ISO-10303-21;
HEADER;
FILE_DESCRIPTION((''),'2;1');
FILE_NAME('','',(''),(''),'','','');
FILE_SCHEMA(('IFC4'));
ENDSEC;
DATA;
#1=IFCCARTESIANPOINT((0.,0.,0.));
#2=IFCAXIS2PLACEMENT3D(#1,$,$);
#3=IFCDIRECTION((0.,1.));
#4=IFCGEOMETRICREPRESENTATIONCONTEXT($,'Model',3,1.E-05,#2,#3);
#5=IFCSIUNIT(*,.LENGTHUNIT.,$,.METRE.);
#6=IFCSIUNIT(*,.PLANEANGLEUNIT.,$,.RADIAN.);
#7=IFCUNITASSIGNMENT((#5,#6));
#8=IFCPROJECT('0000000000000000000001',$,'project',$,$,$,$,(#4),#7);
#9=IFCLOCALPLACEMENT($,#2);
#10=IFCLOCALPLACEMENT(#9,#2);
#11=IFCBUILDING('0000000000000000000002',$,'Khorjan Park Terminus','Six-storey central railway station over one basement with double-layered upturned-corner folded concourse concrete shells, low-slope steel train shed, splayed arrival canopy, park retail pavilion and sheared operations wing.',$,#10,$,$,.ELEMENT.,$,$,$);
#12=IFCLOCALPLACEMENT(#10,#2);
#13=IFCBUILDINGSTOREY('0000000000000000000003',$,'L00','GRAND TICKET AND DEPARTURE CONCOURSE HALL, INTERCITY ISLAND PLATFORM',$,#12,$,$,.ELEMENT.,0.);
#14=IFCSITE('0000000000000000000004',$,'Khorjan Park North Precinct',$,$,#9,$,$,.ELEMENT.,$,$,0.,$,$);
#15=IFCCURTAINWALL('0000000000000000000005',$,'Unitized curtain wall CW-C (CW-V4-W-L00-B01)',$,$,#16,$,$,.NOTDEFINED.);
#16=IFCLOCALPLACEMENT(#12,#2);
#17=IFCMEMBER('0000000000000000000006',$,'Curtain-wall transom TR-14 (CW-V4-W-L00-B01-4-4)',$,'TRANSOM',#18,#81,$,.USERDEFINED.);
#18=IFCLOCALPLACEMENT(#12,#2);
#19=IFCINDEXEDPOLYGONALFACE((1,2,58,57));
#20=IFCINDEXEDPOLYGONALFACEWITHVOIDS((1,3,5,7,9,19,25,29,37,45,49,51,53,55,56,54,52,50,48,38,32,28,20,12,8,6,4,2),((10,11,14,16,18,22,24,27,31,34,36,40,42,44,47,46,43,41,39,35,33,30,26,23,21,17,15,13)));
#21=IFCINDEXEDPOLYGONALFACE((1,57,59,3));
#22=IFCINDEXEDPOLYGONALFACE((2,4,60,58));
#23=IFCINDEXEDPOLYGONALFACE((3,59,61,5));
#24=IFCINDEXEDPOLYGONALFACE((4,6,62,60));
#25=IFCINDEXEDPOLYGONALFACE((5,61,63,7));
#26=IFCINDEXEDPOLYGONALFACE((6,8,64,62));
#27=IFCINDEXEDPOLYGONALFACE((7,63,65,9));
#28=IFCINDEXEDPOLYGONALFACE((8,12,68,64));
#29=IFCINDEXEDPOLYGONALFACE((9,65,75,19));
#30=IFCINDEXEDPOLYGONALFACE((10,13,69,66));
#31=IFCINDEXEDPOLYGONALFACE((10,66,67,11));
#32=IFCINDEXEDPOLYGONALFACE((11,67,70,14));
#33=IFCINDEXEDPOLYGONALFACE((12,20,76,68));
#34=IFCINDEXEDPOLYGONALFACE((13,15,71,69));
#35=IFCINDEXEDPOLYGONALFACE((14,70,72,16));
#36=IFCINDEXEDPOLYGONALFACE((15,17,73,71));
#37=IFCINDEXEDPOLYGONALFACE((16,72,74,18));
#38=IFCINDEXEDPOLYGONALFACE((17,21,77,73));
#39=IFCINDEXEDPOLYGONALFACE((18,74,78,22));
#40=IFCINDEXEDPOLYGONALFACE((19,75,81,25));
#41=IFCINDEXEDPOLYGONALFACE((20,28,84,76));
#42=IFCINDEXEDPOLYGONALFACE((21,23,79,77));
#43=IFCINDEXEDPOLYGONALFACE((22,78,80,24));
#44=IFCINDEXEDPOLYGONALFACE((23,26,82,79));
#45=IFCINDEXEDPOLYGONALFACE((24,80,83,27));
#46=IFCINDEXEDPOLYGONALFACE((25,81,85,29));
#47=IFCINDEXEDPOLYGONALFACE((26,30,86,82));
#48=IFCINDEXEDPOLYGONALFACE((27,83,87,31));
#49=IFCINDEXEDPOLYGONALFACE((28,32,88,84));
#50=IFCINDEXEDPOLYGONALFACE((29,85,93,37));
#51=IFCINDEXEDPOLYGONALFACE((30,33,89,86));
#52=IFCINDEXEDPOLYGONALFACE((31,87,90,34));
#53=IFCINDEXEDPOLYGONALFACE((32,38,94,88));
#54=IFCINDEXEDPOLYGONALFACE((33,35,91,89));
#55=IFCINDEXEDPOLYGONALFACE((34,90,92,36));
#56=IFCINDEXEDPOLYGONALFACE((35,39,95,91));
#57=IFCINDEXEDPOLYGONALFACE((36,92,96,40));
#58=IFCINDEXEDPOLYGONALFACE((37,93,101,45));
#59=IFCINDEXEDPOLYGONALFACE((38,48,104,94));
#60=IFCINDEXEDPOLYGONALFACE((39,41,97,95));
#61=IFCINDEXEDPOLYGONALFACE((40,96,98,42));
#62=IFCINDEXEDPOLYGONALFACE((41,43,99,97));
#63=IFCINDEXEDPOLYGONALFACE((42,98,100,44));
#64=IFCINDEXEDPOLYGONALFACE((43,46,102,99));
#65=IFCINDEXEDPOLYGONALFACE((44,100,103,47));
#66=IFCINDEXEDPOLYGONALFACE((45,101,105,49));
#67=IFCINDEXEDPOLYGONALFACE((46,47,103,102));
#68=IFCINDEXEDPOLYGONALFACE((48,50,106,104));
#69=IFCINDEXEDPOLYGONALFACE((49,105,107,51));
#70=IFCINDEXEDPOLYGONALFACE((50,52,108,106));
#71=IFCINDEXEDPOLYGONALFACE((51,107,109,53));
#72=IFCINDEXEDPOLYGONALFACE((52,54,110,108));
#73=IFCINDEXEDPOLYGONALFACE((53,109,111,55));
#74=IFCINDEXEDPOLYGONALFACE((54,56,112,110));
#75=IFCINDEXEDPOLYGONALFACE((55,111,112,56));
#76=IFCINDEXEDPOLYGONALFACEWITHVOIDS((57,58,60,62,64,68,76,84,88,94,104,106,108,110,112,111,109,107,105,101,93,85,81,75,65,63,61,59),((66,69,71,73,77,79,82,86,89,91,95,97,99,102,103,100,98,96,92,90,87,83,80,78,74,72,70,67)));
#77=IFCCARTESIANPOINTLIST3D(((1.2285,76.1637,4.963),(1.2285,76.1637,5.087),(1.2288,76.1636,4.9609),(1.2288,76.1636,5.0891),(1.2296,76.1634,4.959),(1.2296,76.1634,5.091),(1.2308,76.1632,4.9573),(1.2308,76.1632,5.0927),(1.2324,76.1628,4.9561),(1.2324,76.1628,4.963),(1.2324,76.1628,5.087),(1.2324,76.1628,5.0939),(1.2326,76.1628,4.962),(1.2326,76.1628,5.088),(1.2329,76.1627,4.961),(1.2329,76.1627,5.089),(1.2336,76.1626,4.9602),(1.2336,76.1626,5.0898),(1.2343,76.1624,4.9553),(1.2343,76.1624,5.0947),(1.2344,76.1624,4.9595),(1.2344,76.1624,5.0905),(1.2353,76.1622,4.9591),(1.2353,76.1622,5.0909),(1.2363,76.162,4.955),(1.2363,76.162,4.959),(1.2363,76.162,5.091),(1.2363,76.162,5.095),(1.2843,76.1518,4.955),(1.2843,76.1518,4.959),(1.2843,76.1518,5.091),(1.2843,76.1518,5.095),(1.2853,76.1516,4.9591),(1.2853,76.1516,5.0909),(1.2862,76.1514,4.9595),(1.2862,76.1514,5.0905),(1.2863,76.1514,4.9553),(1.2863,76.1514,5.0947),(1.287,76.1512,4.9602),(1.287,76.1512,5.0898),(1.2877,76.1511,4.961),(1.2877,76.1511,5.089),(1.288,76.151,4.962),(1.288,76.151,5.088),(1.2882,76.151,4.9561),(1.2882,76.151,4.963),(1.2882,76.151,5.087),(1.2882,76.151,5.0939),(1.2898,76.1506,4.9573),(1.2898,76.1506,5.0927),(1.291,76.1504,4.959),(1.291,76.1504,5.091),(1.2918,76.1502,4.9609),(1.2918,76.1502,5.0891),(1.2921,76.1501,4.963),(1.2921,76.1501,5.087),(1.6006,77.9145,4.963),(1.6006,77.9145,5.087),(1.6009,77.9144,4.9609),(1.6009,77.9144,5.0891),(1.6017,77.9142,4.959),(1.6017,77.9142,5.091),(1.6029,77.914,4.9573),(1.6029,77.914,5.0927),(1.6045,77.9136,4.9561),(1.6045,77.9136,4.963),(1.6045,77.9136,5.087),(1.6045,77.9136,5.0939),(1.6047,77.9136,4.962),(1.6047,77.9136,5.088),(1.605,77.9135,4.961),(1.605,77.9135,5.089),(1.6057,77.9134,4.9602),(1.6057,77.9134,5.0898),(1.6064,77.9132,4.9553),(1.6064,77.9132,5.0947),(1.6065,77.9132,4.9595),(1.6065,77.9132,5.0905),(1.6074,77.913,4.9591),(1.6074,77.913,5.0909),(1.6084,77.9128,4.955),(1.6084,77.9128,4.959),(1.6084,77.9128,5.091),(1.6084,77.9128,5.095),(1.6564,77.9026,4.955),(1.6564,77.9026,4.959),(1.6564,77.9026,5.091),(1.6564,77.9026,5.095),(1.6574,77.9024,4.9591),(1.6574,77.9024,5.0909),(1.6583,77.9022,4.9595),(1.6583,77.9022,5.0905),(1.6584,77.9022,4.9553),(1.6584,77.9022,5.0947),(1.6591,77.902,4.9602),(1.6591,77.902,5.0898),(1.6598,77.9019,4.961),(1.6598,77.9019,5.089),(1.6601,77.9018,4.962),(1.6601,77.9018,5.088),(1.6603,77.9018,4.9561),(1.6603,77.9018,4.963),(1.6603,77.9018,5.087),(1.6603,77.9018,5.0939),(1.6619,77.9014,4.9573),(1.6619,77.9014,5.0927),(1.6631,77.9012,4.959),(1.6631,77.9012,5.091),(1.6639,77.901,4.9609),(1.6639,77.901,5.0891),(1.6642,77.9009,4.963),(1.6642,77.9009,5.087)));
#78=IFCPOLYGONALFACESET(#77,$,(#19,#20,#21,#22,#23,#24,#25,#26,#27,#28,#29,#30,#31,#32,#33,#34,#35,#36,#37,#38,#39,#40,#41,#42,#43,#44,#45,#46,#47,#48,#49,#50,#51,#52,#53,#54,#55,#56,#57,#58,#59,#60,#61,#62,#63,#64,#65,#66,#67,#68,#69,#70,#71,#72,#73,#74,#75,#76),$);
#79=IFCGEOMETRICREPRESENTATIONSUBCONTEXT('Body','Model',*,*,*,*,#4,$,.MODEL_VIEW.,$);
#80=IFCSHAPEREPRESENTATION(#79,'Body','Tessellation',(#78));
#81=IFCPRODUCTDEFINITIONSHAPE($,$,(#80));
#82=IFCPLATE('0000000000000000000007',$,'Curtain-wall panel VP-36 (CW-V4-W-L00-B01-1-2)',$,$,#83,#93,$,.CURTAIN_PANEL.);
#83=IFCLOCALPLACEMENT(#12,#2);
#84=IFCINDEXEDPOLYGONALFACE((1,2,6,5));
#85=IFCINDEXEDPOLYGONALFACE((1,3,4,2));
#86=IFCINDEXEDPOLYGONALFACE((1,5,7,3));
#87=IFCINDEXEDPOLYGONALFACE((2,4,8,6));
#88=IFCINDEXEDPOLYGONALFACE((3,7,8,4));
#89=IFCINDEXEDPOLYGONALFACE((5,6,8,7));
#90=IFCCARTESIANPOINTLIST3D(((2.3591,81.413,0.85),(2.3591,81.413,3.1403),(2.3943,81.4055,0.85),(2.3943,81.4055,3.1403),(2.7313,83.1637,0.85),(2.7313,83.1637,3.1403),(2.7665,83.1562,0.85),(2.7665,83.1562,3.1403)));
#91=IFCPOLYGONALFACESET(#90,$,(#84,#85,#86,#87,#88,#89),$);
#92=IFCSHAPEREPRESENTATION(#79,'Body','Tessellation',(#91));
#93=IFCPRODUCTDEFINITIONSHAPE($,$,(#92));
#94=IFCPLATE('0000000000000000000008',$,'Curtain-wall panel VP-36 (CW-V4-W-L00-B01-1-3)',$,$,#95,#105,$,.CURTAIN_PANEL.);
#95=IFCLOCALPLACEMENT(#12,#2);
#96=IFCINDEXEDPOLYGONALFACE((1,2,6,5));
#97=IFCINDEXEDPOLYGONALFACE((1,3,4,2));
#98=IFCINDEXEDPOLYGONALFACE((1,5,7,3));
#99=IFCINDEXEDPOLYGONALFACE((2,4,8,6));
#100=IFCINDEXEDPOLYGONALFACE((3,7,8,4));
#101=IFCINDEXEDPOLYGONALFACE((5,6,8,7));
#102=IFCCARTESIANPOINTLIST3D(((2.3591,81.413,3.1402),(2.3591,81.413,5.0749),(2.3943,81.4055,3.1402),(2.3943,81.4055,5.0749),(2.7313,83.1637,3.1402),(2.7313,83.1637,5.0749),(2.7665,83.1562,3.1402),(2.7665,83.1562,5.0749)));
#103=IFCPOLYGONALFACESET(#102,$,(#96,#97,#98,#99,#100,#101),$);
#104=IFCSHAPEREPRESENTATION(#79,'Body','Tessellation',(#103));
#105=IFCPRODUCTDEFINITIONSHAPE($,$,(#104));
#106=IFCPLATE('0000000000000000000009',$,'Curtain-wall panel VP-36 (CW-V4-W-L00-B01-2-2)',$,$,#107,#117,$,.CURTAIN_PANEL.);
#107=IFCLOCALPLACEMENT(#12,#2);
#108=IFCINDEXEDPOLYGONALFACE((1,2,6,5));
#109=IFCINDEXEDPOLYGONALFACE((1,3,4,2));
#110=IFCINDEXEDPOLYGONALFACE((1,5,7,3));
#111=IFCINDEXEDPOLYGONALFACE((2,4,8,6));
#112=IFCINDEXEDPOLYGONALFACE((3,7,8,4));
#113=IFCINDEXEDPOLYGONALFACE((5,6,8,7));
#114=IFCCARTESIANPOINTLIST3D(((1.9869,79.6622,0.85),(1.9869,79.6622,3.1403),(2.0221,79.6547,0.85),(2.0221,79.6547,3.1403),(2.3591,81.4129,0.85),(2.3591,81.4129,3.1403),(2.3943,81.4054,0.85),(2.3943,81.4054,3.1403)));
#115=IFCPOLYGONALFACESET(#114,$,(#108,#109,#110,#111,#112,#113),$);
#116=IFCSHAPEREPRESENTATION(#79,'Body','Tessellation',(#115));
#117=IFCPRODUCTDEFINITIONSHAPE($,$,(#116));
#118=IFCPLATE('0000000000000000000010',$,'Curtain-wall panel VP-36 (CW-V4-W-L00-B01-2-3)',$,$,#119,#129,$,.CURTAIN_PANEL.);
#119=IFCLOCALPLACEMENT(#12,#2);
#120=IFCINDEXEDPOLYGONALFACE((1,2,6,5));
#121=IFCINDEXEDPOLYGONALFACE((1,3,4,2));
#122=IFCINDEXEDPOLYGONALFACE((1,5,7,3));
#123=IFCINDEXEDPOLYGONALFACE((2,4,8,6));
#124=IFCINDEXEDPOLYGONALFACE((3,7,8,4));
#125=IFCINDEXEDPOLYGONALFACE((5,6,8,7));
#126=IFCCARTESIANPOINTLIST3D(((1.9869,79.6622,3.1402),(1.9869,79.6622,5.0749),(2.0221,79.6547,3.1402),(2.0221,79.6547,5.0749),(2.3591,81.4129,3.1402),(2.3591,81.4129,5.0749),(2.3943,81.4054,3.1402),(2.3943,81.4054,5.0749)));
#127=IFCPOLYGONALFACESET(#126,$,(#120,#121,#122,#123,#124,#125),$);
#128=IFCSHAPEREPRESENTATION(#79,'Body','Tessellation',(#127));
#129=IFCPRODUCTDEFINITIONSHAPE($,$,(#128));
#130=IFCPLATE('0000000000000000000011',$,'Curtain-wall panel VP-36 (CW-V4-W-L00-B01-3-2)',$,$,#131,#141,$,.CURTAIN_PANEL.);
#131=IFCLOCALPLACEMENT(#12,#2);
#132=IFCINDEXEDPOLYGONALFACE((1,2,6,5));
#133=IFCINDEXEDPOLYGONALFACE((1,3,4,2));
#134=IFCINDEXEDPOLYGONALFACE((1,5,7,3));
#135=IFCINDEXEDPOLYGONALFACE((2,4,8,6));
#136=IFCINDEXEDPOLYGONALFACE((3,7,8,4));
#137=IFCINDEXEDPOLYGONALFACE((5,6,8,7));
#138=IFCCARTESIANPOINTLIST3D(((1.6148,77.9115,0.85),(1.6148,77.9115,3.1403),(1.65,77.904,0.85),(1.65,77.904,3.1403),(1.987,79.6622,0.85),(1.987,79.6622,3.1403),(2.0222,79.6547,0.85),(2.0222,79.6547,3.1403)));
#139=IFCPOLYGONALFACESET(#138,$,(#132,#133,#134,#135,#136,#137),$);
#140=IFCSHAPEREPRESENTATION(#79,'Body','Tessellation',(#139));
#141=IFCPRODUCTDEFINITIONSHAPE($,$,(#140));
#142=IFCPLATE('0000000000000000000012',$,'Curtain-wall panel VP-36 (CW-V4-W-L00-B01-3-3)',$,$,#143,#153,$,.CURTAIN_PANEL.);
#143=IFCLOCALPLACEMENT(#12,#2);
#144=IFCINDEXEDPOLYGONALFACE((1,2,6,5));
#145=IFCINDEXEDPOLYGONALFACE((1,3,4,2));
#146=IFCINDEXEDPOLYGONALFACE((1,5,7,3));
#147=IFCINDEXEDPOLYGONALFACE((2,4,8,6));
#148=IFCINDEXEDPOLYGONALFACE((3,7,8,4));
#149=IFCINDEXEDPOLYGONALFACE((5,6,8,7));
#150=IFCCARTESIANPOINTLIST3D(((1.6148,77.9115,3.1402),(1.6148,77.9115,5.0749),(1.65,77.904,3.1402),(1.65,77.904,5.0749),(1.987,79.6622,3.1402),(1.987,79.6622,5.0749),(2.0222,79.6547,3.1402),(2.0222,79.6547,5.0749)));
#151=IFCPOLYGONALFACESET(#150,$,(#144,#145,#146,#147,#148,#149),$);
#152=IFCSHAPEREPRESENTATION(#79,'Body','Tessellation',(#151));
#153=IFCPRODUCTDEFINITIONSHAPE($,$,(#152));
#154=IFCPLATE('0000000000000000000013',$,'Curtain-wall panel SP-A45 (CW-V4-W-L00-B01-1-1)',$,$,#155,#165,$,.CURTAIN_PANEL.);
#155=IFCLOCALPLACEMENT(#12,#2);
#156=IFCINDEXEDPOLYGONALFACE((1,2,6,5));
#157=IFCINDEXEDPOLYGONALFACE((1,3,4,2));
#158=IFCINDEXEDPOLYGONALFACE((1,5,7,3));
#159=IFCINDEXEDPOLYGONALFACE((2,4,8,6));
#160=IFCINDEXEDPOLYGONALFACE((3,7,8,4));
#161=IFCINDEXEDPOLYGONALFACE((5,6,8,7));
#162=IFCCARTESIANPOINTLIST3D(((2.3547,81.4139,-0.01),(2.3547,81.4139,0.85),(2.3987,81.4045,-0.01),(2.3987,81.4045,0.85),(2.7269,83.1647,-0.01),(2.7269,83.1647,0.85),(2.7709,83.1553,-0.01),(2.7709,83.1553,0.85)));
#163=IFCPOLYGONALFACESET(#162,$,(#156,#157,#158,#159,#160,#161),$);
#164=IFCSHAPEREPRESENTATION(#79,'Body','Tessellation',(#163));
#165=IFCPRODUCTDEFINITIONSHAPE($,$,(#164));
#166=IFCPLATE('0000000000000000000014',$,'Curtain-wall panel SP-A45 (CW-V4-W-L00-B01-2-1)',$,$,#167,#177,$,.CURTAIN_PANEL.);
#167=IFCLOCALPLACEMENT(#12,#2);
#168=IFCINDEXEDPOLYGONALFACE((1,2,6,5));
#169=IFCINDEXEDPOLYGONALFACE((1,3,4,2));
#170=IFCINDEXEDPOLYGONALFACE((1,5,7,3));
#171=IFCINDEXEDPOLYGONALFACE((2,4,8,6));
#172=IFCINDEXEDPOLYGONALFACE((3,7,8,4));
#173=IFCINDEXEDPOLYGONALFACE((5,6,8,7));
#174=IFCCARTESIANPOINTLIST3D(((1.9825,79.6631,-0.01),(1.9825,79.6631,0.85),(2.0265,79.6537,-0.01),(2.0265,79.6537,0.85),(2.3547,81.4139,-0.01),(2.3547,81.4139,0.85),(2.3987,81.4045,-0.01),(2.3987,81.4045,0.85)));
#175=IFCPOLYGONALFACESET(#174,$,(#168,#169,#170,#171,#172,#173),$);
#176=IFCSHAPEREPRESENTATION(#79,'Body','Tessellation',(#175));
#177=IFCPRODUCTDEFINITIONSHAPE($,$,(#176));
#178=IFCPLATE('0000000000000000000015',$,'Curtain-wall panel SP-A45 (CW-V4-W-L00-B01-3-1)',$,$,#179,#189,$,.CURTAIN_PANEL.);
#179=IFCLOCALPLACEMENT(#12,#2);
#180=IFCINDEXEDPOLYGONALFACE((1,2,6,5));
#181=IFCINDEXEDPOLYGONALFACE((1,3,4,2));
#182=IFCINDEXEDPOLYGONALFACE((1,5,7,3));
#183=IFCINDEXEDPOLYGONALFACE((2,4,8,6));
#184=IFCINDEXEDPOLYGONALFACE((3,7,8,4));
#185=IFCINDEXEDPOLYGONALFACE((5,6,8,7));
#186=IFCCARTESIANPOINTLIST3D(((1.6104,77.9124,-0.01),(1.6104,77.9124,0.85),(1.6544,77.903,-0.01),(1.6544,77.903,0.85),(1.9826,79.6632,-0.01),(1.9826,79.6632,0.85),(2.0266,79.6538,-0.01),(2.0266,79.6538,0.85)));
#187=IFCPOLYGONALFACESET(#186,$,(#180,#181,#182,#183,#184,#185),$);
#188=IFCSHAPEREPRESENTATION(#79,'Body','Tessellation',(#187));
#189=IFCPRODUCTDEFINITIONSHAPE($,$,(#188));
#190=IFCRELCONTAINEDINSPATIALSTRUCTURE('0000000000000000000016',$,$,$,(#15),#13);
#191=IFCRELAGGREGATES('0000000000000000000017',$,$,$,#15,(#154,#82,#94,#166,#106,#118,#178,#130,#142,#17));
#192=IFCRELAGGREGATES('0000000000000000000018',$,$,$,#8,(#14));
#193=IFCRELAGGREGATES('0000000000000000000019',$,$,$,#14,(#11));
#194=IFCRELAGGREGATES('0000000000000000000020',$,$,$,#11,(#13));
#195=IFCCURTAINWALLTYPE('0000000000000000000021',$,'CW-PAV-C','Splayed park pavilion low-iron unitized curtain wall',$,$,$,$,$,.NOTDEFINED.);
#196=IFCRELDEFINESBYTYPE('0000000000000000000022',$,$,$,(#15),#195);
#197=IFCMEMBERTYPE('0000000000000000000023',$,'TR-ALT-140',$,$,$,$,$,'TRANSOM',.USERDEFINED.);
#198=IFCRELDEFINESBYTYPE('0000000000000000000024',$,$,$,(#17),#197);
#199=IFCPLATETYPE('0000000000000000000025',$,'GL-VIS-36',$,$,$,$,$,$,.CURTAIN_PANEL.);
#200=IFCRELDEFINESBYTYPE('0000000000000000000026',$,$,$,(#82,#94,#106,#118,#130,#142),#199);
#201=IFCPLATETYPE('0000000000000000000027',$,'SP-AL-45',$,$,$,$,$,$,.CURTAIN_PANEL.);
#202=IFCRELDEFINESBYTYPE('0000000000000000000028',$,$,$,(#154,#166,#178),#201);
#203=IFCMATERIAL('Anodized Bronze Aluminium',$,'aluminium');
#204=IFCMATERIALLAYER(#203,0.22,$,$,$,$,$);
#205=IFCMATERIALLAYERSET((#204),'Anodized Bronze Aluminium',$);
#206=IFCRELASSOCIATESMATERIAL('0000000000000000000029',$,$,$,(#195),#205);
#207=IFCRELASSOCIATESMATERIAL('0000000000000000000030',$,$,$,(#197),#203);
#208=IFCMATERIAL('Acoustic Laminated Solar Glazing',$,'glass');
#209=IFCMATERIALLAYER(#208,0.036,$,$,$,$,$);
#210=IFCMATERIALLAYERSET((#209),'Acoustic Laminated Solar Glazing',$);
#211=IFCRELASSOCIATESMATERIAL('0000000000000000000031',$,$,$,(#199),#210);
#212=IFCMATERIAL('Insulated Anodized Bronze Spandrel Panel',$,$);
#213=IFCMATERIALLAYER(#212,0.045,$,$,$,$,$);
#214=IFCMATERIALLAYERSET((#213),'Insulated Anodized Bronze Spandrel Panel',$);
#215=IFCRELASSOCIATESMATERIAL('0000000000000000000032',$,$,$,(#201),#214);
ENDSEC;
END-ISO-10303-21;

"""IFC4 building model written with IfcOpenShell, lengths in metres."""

from ifc_helpers import new_model, si_unit, direction, frame, origin, origin_2d, place, context, subcontext, project, spatial, rectangle, hollow_rectangle, extrude, material, layer, layer_set, material_profile, profile_set, type_object, element, aggregate, save


model = new_model("IFC4")

# Units and contexts
model_context = context("Model", 3, precision=1e-05, world=origin(), true_north=direction((0.0, 1.0)))
body_context = subcontext(model_context, "Body", "Model", "MODEL_VIEW")
ifc_project = project(units=[si_unit("LENGTHUNIT", "METRE"), si_unit("PLANEANGLEUNIT", "RADIAN")], contexts=[model_context])

# Site, building, storey
site_placement = place(None, origin())
site = spatial("IfcSite", under=ifc_project, at=site_placement, Name="Khorjan Park North Precinct", CompositionType="ELEMENT", RefElevation=0.0)
building_placement = place(site_placement, origin())
building = spatial("IfcBuilding", under=site, at=building_placement, Name="Khorjan Park Terminus", Description="Six-storey central railway station over one basement with double-layered upturned-corner folded concourse concrete shells, low-slope steel train shed, splayed arrival canopy, park retail pavilion and sheared operations wing.", CompositionType="ELEMENT")
storey_placement = place(building_placement, origin())
storey = spatial("IfcBuildingStorey", under=building, at=storey_placement, Name="L00", Description="GRAND TICKET AND DEPARTURE CONCOURSE HALL, INTERCITY ISLAND PLATFORM", CompositionType="ELEMENT", Elevation=0.0)

# Curtain wall, member, plates
ifc_material_1 = material(Name="Anodized Bronze Aluminium", Category="aluminium")
ifc_layer_1 = layer(ifc_material_1, 0.22)
ifc_layer_set_1 = layer_set([ifc_layer_1], Name="Anodized Bronze Aluminium")
curtain_wall_type = type_object("IfcCurtainWallType", Name="CW-PAV-C", Description="Splayed park pavilion low-iron unitized curtain wall", PredefinedType="NOTDEFINED", material=ifc_layer_set_1)
curtain_wall_placement = place(storey_placement, origin())
curtain_wall = element("IfcCurtainWall", 1, at=curtain_wall_placement, inside=storey, type_object=curtain_wall_type, Name="Unitized curtain wall CW-C (CW-V4-W-L00-B01)", PredefinedType="NOTDEFINED")
ifc_material_profile_1 = material_profile(ifc_material_1, hollow_rectangle(XDim=0.065, YDim=0.14, WallThickness=0.004, InnerFilletRadius=0.004, OuterFilletRadius=0.008, at=origin_2d()), Name="ALT 65x140x4")
ifc_profile_set_1 = profile_set([ifc_material_profile_1], Name="Anodized Bronze Aluminium")
member_type_1 = type_object("IfcMemberType", Name="TR-ALT-140", ElementType="TRANSOM", PredefinedType="USERDEFINED", material=ifc_profile_set_1)
member_1_placement = place(storey_placement, frame((1.6324, 77.9077, 5.025), z_axis=(-0.207888, -0.978153, 0.0), x_axis=(0.978153, -0.207888, 0.0)))
member_1 = element("IfcMember", 2, at=member_1_placement, type_object=member_type_1, Name="Curtain-wall transom TR-14 (CW-V4-W-L00-B01-4-4)", ObjectType="TRANSOM", PredefinedType="USERDEFINED", context=body_context, shape_type="SweptSolid", body=[
    extrude(hollow_rectangle(XDim=0.065, YDim=0.14, WallThickness=0.004, InnerFilletRadius=0.004, OuterFilletRadius=0.008, at=origin_2d()), origin(), (0.0, 0.0, 1.0), 1.7899),
])
ifc_material_2 = material(Name="Acoustic Laminated Solar Glazing", Category="glass")
ifc_layer_2 = layer(ifc_material_2, 0.036)
ifc_layer_set_2 = layer_set([ifc_layer_2], Name="Acoustic Laminated Solar Glazing")
plate_type_1 = type_object("IfcPlateType", Name="GL-VIS-36", PredefinedType="CURTAIN_PANEL", material=ifc_layer_set_2)
plate_1_placement = place(storey_placement, frame((2.5628, 82.2846, 0.85), z_axis=(0.0, 0.0, 1.0), x_axis=(-0.207917, -0.978147, 0.0)))
plate_1 = element("IfcPlate", 3, at=plate_1_placement, type_object=plate_type_1, Name="Curtain-wall panel VP-36 (CW-V4-W-L00-B01-1-2)", PredefinedType="CURTAIN_PANEL", context=body_context, shape_type="SweptSolid", body=[
    extrude(rectangle(XDim=1.7899, YDim=0.036, at=origin_2d()), origin(), (0.0, 0.0, 1.0), 2.2903),
])
plate_2_placement = place(storey_placement, frame((2.5628, 82.2846, 3.1402), z_axis=(0.0, 0.0, 1.0), x_axis=(-0.207917, -0.978147, 0.0)))
plate_2 = element("IfcPlate", 4, at=plate_2_placement, type_object=plate_type_1, Name="Curtain-wall panel VP-36 (CW-V4-W-L00-B01-1-3)", PredefinedType="CURTAIN_PANEL", context=body_context, shape_type="SweptSolid", body=[
    extrude(rectangle(XDim=1.7899, YDim=0.036, at=origin_2d()), origin(), (0.0, 0.0, 1.0), 1.9347),
])
plate_3_placement = place(storey_placement, frame((2.1906, 80.5338, 0.85), z_axis=(0.0, 0.0, 1.0), x_axis=(-0.207917, -0.978147, 0.0)))
plate_3 = element("IfcPlate", 5, at=plate_3_placement, type_object=plate_type_1, Name="Curtain-wall panel VP-36 (CW-V4-W-L00-B01-2-2)", PredefinedType="CURTAIN_PANEL", context=body_context, shape_type="SweptSolid", body=[
    extrude(rectangle(XDim=1.7899, YDim=0.036, at=origin_2d()), origin(), (0.0, 0.0, 1.0), 2.2903),
])
plate_4_placement = place(storey_placement, frame((2.1906, 80.5338, 3.1402), z_axis=(0.0, 0.0, 1.0), x_axis=(-0.207917, -0.978147, 0.0)))
plate_4 = element("IfcPlate", 6, at=plate_4_placement, type_object=plate_type_1, Name="Curtain-wall panel VP-36 (CW-V4-W-L00-B01-2-3)", PredefinedType="CURTAIN_PANEL", context=body_context, shape_type="SweptSolid", body=[
    extrude(rectangle(XDim=1.7899, YDim=0.036, at=origin_2d()), origin(), (0.0, 0.0, 1.0), 1.9347),
])
plate_5_placement = place(storey_placement, frame((1.8185, 78.7831, 0.85), z_axis=(0.0, 0.0, 1.0), x_axis=(-0.207917, -0.978147, 0.0)))
plate_5 = element("IfcPlate", 7, at=plate_5_placement, type_object=plate_type_1, Name="Curtain-wall panel VP-36 (CW-V4-W-L00-B01-3-2)", PredefinedType="CURTAIN_PANEL", context=body_context, shape_type="SweptSolid", body=[
    extrude(rectangle(XDim=1.7899, YDim=0.036, at=origin_2d()), origin(), (0.0, 0.0, 1.0), 2.2903),
])
plate_6_placement = place(storey_placement, frame((1.8185, 78.7831, 3.1402), z_axis=(0.0, 0.0, 1.0), x_axis=(-0.207917, -0.978147, 0.0)))
plate_6 = element("IfcPlate", 8, at=plate_6_placement, type_object=plate_type_1, Name="Curtain-wall panel VP-36 (CW-V4-W-L00-B01-3-3)", PredefinedType="CURTAIN_PANEL", context=body_context, shape_type="SweptSolid", body=[
    extrude(rectangle(XDim=1.7899, YDim=0.036, at=origin_2d()), origin(), (0.0, 0.0, 1.0), 1.9347),
])
ifc_material_3 = material(Name="Insulated Anodized Bronze Spandrel Panel")
ifc_layer_3 = layer(ifc_material_3, 0.045)
ifc_layer_set_3 = layer_set([ifc_layer_3], Name="Insulated Anodized Bronze Spandrel Panel")
plate_type_2 = type_object("IfcPlateType", Name="SP-AL-45", PredefinedType="CURTAIN_PANEL", material=ifc_layer_set_3)
plate_7_placement = place(storey_placement, frame((2.5628, 82.2846, -0.01), z_axis=(0.0, 0.0, 1.0), x_axis=(-0.207917, -0.978147, 0.0)))
plate_7 = element("IfcPlate", 9, at=plate_7_placement, type_object=plate_type_2, Name="Curtain-wall panel SP-A45 (CW-V4-W-L00-B01-1-1)", PredefinedType="CURTAIN_PANEL", context=body_context, shape_type="SweptSolid", body=[
    extrude(rectangle(XDim=1.7899, YDim=0.045, at=origin_2d()), origin(), (0.0, 0.0, 1.0), 0.86),
])
plate_8_placement = place(storey_placement, frame((2.1906, 80.5338, -0.01), z_axis=(0.0, 0.0, 1.0), x_axis=(-0.207917, -0.978147, 0.0)))
plate_8 = element("IfcPlate", 10, at=plate_8_placement, type_object=plate_type_2, Name="Curtain-wall panel SP-A45 (CW-V4-W-L00-B01-2-1)", PredefinedType="CURTAIN_PANEL", context=body_context, shape_type="SweptSolid", body=[
    extrude(rectangle(XDim=1.7899, YDim=0.045, at=origin_2d()), origin(), (0.0, 0.0, 1.0), 0.86),
])
plate_9_placement = place(storey_placement, frame((1.8185, 78.7831, -0.01), z_axis=(0.0, 0.0, 1.0), x_axis=(-0.207917, -0.978147, 0.0)))
plate_9 = element("IfcPlate", 11, at=plate_9_placement, type_object=plate_type_2, Name="Curtain-wall panel SP-A45 (CW-V4-W-L00-B01-3-1)", PredefinedType="CURTAIN_PANEL", context=body_context, shape_type="SweptSolid", body=[
    extrude(rectangle(XDim=1.7899, YDim=0.045, at=origin_2d()), origin(), (0.0, 0.0, 1.0), 0.86),
])
aggregate(curtain_wall, [plate_7, plate_1, plate_2, plate_8, plate_3, plate_4, plate_9, plate_5, plate_6, member_1])

save(model, "model.ifc")
